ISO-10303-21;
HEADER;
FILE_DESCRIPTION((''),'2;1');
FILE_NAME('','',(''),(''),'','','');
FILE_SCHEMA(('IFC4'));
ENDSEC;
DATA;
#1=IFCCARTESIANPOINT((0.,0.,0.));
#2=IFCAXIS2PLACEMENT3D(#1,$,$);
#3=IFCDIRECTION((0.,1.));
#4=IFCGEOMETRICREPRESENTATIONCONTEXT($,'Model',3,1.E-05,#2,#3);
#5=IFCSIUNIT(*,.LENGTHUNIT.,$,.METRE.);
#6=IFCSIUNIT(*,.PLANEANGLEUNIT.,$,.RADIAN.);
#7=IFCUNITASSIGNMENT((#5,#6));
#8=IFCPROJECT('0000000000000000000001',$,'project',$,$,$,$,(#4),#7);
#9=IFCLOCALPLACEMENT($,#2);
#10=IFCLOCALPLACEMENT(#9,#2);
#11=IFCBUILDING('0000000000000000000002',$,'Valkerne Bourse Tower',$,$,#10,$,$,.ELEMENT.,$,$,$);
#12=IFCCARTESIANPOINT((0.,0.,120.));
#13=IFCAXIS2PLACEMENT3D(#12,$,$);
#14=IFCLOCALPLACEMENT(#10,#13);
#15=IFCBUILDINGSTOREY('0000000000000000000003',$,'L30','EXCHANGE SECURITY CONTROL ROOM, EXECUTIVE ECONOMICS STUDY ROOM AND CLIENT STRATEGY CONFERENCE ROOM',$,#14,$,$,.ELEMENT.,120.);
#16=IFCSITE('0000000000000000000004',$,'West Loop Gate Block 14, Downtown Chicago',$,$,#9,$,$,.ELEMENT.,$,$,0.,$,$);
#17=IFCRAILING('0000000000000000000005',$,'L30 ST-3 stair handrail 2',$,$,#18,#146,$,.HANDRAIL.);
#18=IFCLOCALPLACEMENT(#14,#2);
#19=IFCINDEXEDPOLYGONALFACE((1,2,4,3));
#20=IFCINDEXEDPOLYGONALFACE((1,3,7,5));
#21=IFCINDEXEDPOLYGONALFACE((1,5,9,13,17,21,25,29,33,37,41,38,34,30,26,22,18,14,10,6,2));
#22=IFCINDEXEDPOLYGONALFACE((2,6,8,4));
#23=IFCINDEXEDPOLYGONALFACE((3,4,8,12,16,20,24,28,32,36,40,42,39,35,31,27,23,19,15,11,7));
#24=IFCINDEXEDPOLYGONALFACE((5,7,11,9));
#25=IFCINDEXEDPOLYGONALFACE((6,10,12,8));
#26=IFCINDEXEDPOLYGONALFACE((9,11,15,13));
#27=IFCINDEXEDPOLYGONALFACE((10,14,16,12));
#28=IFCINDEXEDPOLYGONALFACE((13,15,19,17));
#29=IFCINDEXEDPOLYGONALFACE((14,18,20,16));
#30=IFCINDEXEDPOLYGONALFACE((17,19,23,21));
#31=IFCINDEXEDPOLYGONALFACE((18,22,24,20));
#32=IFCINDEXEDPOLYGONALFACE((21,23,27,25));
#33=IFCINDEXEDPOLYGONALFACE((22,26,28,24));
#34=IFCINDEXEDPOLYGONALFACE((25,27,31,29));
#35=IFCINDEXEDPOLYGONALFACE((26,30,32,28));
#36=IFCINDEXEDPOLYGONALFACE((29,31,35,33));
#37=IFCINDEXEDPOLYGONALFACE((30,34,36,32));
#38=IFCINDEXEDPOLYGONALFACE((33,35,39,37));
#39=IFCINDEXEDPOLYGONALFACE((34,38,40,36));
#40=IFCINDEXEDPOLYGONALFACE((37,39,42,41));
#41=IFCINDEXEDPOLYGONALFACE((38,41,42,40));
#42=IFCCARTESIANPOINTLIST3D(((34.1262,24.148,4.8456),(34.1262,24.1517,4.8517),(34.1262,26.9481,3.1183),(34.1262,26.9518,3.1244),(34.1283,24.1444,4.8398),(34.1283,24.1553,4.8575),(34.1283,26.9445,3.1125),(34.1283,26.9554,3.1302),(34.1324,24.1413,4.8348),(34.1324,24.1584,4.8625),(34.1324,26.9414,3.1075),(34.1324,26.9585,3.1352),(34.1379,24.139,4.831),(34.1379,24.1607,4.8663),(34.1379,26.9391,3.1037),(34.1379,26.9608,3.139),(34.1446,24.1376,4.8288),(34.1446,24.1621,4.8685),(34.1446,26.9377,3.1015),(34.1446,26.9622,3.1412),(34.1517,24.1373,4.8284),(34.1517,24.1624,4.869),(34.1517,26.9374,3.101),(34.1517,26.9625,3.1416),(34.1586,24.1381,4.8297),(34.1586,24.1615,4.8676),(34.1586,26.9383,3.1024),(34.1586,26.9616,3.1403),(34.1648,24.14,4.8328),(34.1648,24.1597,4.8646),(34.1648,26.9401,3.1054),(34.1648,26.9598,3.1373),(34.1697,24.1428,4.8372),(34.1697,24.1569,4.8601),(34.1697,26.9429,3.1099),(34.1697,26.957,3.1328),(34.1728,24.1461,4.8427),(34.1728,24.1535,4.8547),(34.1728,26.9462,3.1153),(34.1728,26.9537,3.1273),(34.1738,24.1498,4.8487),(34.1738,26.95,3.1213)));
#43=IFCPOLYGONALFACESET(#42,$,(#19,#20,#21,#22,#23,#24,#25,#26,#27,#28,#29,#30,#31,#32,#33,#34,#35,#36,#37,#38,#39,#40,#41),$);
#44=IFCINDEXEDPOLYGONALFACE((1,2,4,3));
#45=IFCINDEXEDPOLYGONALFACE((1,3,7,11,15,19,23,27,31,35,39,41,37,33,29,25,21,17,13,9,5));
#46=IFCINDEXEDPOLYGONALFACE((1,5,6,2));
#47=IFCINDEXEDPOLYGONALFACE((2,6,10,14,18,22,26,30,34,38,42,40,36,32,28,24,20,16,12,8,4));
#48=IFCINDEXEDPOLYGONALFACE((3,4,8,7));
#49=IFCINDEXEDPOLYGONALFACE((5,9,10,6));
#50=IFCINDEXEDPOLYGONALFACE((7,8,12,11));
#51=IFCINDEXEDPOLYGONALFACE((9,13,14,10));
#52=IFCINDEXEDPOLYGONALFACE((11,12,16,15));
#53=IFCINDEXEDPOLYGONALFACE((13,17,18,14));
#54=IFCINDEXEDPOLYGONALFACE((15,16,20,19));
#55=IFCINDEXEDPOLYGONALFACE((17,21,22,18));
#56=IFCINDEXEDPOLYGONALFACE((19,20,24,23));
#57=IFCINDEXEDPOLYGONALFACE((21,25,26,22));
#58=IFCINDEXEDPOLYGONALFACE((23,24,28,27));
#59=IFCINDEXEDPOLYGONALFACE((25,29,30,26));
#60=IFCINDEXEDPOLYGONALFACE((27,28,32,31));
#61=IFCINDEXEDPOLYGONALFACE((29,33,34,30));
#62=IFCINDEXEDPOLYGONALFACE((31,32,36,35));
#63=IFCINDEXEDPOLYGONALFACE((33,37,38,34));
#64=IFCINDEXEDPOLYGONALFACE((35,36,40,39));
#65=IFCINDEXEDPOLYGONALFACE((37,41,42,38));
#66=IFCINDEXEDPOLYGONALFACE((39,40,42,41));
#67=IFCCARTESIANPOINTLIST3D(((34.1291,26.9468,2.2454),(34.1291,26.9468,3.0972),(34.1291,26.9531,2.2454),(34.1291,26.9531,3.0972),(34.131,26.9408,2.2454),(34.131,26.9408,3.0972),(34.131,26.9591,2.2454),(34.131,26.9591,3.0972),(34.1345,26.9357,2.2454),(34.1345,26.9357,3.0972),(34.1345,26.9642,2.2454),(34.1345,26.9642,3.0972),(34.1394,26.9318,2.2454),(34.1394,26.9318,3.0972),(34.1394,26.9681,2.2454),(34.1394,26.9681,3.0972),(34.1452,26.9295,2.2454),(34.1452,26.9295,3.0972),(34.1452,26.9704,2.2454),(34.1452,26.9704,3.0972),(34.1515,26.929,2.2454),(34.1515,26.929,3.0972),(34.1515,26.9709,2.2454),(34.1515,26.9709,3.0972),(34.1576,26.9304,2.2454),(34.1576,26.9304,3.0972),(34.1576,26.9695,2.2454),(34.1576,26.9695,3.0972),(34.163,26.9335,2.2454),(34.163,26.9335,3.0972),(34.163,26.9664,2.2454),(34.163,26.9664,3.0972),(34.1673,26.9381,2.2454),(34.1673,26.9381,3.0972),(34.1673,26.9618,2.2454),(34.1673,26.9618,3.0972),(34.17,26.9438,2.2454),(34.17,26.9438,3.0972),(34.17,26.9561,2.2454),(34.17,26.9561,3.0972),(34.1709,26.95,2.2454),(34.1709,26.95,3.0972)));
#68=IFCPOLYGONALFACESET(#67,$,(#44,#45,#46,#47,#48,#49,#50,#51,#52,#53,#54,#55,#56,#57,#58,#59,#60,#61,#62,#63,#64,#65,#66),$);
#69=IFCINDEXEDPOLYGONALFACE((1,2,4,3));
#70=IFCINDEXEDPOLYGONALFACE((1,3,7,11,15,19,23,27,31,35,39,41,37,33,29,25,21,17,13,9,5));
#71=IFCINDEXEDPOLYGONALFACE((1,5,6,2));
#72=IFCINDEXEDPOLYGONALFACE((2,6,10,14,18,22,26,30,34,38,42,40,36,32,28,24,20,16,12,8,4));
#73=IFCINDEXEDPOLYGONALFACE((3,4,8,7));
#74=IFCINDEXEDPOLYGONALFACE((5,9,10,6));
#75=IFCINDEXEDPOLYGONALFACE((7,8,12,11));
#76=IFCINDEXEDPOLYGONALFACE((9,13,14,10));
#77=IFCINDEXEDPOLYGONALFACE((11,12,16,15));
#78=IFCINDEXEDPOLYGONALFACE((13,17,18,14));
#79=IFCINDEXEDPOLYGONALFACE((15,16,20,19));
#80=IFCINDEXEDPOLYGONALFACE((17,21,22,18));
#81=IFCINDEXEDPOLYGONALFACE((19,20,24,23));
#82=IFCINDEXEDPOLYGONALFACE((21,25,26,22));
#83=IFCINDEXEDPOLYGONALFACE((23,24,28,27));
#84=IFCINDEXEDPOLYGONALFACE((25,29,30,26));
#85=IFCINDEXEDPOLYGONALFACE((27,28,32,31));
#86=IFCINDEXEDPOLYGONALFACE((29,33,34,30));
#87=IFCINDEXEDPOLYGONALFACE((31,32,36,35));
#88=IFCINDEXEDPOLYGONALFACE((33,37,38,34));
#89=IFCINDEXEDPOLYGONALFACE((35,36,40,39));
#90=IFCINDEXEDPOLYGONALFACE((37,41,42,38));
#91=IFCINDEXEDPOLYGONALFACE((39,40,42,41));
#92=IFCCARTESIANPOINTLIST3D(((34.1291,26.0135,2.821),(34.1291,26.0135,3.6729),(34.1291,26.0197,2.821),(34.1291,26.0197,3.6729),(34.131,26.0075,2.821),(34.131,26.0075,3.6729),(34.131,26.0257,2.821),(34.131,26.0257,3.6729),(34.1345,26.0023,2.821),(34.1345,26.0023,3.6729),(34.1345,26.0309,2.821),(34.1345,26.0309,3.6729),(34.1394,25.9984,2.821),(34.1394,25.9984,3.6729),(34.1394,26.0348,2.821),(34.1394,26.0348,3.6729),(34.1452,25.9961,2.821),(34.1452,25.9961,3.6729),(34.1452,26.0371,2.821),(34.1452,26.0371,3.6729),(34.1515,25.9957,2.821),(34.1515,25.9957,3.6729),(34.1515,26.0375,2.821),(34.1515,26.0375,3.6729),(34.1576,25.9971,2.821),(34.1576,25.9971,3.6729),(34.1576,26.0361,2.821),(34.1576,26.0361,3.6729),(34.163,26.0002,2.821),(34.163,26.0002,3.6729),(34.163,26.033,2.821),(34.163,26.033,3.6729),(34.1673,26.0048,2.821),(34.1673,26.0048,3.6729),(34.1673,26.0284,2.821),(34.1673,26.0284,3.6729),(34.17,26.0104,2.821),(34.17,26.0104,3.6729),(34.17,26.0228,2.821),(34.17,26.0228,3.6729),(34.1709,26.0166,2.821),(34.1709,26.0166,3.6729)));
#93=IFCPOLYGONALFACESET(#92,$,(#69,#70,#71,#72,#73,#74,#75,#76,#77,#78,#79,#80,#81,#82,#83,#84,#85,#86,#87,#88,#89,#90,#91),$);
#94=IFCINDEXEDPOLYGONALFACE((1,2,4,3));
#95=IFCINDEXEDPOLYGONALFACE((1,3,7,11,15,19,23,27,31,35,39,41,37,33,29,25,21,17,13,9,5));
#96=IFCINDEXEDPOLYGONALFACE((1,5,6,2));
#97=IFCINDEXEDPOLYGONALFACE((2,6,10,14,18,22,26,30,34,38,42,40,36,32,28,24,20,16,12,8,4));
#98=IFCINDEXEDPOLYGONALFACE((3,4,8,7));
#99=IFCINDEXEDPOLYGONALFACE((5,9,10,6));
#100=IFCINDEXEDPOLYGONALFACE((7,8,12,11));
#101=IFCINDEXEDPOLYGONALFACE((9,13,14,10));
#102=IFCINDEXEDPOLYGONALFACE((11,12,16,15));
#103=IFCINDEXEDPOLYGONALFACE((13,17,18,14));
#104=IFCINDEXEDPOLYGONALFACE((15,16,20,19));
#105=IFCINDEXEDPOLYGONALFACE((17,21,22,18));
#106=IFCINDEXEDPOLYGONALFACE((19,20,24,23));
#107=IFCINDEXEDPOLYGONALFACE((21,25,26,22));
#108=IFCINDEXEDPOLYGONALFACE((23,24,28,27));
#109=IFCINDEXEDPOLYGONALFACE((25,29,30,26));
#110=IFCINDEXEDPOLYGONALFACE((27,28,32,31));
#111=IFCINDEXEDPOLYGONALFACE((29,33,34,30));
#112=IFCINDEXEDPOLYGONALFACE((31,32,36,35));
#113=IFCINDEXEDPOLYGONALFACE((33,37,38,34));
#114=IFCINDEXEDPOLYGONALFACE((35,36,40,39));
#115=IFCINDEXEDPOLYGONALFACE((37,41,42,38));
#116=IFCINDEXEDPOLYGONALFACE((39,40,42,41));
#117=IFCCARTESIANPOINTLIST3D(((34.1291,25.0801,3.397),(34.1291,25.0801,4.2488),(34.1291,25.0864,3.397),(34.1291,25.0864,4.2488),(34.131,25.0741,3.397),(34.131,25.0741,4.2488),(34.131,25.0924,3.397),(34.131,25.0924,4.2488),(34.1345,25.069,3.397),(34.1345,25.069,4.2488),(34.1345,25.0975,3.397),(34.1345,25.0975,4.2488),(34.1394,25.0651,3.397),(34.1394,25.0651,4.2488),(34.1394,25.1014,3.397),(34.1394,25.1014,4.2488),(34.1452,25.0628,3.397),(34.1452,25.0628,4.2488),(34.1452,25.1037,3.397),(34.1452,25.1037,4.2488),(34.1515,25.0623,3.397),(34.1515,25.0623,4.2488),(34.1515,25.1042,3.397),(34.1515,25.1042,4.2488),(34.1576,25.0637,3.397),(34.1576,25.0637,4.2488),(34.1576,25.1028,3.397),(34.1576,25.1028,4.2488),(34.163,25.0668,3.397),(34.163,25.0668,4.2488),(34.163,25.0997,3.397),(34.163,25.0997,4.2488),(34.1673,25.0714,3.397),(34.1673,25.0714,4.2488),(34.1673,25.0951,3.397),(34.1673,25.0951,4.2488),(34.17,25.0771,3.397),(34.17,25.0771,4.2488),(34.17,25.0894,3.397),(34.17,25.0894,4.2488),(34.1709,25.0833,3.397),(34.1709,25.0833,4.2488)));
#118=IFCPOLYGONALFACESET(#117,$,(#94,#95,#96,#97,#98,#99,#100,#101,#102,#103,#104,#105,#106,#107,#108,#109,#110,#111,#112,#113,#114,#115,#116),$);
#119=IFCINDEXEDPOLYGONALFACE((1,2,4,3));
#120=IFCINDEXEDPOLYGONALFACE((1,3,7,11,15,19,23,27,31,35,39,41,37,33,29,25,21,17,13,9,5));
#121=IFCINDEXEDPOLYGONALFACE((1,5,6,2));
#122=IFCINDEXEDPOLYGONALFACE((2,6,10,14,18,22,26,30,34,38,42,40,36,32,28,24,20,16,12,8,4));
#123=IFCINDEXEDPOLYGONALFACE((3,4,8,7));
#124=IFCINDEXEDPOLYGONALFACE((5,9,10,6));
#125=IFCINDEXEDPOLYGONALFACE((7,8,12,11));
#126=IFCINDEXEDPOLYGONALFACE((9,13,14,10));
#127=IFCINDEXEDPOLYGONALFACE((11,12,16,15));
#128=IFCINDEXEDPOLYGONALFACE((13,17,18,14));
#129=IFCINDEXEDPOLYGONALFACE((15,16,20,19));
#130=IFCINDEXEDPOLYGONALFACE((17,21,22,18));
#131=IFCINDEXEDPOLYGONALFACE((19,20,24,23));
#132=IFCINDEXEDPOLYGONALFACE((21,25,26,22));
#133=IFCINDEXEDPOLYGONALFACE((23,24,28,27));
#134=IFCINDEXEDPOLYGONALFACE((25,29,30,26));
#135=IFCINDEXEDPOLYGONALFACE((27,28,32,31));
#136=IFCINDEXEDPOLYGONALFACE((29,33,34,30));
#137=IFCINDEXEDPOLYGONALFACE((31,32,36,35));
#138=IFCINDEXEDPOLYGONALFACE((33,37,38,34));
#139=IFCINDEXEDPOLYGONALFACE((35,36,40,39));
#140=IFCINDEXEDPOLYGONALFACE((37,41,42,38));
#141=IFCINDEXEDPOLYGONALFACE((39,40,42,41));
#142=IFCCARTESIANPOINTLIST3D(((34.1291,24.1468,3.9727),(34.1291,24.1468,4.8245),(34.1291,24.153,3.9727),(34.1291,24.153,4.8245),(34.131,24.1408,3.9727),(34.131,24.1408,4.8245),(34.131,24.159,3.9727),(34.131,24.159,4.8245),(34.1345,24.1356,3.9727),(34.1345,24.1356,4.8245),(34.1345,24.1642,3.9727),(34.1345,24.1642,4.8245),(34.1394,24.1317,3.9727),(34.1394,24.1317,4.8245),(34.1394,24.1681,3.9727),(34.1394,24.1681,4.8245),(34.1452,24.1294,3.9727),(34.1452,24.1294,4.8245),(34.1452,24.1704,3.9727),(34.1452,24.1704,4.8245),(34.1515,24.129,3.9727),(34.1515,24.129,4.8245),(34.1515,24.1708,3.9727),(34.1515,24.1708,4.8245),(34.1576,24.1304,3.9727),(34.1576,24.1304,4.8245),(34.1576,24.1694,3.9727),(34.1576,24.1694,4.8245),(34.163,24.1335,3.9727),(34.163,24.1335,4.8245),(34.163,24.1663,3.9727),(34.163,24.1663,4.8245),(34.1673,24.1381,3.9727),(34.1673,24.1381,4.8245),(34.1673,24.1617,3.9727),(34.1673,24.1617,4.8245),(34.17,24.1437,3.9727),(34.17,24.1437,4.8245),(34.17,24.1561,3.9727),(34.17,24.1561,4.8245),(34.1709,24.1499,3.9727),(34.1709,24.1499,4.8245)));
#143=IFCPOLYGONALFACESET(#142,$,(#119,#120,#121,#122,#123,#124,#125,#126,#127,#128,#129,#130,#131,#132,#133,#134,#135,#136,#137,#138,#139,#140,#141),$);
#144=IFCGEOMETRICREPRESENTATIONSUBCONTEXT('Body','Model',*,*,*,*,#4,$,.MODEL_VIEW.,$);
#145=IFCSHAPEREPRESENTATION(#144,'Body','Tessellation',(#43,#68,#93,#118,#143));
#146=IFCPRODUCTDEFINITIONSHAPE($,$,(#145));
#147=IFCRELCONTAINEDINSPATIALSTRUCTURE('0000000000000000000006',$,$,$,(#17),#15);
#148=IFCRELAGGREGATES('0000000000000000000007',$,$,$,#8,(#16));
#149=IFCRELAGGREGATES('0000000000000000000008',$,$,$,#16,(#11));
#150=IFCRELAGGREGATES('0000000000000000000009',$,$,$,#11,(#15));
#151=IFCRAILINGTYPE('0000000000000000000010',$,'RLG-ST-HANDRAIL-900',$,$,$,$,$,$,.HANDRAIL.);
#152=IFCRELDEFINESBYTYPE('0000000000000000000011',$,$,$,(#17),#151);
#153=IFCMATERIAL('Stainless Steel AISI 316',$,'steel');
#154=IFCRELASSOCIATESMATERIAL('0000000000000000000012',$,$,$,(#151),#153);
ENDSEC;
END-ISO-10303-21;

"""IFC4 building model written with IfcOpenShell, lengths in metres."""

from ifc_helpers import new_model, si_unit, direction, frame, origin, origin_2d, place, context, subcontext, project, spatial, circle, extrude, material, type_object, element, save


model = new_model("IFC4")

# Units and contexts
model_context = context("Model", 3, precision=1e-05, world=origin(), true_north=direction((0.0, 1.0)))
body_context = subcontext(model_context, "Body", "Model", "MODEL_VIEW")
ifc_project = project(units=[si_unit("LENGTHUNIT", "METRE"), si_unit("PLANEANGLEUNIT", "RADIAN")], contexts=[model_context])

# Site, building, storey
site_placement = place(None, origin())
site = spatial("IfcSite", under=ifc_project, at=site_placement, Name="West Loop Gate Block 14, Downtown Chicago", CompositionType="ELEMENT", RefElevation=0.0)
building_placement = place(site_placement, origin())
building = spatial("IfcBuilding", under=site, at=building_placement, Name="Valkerne Bourse Tower", CompositionType="ELEMENT")
storey_placement = place(building_placement, frame((0.0, 0.0, 120.0)))
storey = spatial("IfcBuildingStorey", under=building, at=storey_placement, Name="L30", Description="EXCHANGE SECURITY CONTROL ROOM, EXECUTIVE ECONOMICS STUDY ROOM AND CLIENT STRATEGY CONFERENCE ROOM", CompositionType="ELEMENT", Elevation=120.0)

# Railing
ifc_material_1 = material(Name="Stainless Steel AISI 316", Category="steel")
railing_type_1 = type_object("IfcRailingType", Name="RLG-ST-HANDRAIL-900", PredefinedType="HANDRAIL", material=ifc_material_1)
railing_1_placement = place(storey_placement, frame((34.1499, 26.95, 2.2454)))
element("IfcRailing", 1, at=railing_1_placement, inside=storey, type_object=railing_type_1, Name="L30 ST-3 stair handrail 2", PredefinedType="HANDRAIL", context=body_context, shape_type="SweptSolid", body=[
    extrude(circle(Radius=0.0239, at=origin_2d()), frame((0.0, 0.0, 0.876), z_axis=(0.0, -0.85109, 0.52502), x_axis=(1.0, 0.0, 0.0)), (0.0, 0.0, 1.0), 3.29),
    extrude(circle(Radius=0.021, at=origin_2d()), origin(), (0.0, 0.0, 1.0), 0.8518),
    extrude(circle(Radius=0.021, at=origin_2d()), frame((0.0, -0.9333, 0.5757)), (0.0, 0.0, 1.0), 0.8518),
    extrude(circle(Radius=0.021, at=origin_2d()), frame((0.0, -1.8667, 1.1516)), (0.0, 0.0, 1.0), 0.8518),
    extrude(circle(Radius=0.021, at=origin_2d()), frame((0.0, -2.8, 1.7273)), (0.0, 0.0, 1.0), 0.8518),
])

save(model, "model.ifc")
